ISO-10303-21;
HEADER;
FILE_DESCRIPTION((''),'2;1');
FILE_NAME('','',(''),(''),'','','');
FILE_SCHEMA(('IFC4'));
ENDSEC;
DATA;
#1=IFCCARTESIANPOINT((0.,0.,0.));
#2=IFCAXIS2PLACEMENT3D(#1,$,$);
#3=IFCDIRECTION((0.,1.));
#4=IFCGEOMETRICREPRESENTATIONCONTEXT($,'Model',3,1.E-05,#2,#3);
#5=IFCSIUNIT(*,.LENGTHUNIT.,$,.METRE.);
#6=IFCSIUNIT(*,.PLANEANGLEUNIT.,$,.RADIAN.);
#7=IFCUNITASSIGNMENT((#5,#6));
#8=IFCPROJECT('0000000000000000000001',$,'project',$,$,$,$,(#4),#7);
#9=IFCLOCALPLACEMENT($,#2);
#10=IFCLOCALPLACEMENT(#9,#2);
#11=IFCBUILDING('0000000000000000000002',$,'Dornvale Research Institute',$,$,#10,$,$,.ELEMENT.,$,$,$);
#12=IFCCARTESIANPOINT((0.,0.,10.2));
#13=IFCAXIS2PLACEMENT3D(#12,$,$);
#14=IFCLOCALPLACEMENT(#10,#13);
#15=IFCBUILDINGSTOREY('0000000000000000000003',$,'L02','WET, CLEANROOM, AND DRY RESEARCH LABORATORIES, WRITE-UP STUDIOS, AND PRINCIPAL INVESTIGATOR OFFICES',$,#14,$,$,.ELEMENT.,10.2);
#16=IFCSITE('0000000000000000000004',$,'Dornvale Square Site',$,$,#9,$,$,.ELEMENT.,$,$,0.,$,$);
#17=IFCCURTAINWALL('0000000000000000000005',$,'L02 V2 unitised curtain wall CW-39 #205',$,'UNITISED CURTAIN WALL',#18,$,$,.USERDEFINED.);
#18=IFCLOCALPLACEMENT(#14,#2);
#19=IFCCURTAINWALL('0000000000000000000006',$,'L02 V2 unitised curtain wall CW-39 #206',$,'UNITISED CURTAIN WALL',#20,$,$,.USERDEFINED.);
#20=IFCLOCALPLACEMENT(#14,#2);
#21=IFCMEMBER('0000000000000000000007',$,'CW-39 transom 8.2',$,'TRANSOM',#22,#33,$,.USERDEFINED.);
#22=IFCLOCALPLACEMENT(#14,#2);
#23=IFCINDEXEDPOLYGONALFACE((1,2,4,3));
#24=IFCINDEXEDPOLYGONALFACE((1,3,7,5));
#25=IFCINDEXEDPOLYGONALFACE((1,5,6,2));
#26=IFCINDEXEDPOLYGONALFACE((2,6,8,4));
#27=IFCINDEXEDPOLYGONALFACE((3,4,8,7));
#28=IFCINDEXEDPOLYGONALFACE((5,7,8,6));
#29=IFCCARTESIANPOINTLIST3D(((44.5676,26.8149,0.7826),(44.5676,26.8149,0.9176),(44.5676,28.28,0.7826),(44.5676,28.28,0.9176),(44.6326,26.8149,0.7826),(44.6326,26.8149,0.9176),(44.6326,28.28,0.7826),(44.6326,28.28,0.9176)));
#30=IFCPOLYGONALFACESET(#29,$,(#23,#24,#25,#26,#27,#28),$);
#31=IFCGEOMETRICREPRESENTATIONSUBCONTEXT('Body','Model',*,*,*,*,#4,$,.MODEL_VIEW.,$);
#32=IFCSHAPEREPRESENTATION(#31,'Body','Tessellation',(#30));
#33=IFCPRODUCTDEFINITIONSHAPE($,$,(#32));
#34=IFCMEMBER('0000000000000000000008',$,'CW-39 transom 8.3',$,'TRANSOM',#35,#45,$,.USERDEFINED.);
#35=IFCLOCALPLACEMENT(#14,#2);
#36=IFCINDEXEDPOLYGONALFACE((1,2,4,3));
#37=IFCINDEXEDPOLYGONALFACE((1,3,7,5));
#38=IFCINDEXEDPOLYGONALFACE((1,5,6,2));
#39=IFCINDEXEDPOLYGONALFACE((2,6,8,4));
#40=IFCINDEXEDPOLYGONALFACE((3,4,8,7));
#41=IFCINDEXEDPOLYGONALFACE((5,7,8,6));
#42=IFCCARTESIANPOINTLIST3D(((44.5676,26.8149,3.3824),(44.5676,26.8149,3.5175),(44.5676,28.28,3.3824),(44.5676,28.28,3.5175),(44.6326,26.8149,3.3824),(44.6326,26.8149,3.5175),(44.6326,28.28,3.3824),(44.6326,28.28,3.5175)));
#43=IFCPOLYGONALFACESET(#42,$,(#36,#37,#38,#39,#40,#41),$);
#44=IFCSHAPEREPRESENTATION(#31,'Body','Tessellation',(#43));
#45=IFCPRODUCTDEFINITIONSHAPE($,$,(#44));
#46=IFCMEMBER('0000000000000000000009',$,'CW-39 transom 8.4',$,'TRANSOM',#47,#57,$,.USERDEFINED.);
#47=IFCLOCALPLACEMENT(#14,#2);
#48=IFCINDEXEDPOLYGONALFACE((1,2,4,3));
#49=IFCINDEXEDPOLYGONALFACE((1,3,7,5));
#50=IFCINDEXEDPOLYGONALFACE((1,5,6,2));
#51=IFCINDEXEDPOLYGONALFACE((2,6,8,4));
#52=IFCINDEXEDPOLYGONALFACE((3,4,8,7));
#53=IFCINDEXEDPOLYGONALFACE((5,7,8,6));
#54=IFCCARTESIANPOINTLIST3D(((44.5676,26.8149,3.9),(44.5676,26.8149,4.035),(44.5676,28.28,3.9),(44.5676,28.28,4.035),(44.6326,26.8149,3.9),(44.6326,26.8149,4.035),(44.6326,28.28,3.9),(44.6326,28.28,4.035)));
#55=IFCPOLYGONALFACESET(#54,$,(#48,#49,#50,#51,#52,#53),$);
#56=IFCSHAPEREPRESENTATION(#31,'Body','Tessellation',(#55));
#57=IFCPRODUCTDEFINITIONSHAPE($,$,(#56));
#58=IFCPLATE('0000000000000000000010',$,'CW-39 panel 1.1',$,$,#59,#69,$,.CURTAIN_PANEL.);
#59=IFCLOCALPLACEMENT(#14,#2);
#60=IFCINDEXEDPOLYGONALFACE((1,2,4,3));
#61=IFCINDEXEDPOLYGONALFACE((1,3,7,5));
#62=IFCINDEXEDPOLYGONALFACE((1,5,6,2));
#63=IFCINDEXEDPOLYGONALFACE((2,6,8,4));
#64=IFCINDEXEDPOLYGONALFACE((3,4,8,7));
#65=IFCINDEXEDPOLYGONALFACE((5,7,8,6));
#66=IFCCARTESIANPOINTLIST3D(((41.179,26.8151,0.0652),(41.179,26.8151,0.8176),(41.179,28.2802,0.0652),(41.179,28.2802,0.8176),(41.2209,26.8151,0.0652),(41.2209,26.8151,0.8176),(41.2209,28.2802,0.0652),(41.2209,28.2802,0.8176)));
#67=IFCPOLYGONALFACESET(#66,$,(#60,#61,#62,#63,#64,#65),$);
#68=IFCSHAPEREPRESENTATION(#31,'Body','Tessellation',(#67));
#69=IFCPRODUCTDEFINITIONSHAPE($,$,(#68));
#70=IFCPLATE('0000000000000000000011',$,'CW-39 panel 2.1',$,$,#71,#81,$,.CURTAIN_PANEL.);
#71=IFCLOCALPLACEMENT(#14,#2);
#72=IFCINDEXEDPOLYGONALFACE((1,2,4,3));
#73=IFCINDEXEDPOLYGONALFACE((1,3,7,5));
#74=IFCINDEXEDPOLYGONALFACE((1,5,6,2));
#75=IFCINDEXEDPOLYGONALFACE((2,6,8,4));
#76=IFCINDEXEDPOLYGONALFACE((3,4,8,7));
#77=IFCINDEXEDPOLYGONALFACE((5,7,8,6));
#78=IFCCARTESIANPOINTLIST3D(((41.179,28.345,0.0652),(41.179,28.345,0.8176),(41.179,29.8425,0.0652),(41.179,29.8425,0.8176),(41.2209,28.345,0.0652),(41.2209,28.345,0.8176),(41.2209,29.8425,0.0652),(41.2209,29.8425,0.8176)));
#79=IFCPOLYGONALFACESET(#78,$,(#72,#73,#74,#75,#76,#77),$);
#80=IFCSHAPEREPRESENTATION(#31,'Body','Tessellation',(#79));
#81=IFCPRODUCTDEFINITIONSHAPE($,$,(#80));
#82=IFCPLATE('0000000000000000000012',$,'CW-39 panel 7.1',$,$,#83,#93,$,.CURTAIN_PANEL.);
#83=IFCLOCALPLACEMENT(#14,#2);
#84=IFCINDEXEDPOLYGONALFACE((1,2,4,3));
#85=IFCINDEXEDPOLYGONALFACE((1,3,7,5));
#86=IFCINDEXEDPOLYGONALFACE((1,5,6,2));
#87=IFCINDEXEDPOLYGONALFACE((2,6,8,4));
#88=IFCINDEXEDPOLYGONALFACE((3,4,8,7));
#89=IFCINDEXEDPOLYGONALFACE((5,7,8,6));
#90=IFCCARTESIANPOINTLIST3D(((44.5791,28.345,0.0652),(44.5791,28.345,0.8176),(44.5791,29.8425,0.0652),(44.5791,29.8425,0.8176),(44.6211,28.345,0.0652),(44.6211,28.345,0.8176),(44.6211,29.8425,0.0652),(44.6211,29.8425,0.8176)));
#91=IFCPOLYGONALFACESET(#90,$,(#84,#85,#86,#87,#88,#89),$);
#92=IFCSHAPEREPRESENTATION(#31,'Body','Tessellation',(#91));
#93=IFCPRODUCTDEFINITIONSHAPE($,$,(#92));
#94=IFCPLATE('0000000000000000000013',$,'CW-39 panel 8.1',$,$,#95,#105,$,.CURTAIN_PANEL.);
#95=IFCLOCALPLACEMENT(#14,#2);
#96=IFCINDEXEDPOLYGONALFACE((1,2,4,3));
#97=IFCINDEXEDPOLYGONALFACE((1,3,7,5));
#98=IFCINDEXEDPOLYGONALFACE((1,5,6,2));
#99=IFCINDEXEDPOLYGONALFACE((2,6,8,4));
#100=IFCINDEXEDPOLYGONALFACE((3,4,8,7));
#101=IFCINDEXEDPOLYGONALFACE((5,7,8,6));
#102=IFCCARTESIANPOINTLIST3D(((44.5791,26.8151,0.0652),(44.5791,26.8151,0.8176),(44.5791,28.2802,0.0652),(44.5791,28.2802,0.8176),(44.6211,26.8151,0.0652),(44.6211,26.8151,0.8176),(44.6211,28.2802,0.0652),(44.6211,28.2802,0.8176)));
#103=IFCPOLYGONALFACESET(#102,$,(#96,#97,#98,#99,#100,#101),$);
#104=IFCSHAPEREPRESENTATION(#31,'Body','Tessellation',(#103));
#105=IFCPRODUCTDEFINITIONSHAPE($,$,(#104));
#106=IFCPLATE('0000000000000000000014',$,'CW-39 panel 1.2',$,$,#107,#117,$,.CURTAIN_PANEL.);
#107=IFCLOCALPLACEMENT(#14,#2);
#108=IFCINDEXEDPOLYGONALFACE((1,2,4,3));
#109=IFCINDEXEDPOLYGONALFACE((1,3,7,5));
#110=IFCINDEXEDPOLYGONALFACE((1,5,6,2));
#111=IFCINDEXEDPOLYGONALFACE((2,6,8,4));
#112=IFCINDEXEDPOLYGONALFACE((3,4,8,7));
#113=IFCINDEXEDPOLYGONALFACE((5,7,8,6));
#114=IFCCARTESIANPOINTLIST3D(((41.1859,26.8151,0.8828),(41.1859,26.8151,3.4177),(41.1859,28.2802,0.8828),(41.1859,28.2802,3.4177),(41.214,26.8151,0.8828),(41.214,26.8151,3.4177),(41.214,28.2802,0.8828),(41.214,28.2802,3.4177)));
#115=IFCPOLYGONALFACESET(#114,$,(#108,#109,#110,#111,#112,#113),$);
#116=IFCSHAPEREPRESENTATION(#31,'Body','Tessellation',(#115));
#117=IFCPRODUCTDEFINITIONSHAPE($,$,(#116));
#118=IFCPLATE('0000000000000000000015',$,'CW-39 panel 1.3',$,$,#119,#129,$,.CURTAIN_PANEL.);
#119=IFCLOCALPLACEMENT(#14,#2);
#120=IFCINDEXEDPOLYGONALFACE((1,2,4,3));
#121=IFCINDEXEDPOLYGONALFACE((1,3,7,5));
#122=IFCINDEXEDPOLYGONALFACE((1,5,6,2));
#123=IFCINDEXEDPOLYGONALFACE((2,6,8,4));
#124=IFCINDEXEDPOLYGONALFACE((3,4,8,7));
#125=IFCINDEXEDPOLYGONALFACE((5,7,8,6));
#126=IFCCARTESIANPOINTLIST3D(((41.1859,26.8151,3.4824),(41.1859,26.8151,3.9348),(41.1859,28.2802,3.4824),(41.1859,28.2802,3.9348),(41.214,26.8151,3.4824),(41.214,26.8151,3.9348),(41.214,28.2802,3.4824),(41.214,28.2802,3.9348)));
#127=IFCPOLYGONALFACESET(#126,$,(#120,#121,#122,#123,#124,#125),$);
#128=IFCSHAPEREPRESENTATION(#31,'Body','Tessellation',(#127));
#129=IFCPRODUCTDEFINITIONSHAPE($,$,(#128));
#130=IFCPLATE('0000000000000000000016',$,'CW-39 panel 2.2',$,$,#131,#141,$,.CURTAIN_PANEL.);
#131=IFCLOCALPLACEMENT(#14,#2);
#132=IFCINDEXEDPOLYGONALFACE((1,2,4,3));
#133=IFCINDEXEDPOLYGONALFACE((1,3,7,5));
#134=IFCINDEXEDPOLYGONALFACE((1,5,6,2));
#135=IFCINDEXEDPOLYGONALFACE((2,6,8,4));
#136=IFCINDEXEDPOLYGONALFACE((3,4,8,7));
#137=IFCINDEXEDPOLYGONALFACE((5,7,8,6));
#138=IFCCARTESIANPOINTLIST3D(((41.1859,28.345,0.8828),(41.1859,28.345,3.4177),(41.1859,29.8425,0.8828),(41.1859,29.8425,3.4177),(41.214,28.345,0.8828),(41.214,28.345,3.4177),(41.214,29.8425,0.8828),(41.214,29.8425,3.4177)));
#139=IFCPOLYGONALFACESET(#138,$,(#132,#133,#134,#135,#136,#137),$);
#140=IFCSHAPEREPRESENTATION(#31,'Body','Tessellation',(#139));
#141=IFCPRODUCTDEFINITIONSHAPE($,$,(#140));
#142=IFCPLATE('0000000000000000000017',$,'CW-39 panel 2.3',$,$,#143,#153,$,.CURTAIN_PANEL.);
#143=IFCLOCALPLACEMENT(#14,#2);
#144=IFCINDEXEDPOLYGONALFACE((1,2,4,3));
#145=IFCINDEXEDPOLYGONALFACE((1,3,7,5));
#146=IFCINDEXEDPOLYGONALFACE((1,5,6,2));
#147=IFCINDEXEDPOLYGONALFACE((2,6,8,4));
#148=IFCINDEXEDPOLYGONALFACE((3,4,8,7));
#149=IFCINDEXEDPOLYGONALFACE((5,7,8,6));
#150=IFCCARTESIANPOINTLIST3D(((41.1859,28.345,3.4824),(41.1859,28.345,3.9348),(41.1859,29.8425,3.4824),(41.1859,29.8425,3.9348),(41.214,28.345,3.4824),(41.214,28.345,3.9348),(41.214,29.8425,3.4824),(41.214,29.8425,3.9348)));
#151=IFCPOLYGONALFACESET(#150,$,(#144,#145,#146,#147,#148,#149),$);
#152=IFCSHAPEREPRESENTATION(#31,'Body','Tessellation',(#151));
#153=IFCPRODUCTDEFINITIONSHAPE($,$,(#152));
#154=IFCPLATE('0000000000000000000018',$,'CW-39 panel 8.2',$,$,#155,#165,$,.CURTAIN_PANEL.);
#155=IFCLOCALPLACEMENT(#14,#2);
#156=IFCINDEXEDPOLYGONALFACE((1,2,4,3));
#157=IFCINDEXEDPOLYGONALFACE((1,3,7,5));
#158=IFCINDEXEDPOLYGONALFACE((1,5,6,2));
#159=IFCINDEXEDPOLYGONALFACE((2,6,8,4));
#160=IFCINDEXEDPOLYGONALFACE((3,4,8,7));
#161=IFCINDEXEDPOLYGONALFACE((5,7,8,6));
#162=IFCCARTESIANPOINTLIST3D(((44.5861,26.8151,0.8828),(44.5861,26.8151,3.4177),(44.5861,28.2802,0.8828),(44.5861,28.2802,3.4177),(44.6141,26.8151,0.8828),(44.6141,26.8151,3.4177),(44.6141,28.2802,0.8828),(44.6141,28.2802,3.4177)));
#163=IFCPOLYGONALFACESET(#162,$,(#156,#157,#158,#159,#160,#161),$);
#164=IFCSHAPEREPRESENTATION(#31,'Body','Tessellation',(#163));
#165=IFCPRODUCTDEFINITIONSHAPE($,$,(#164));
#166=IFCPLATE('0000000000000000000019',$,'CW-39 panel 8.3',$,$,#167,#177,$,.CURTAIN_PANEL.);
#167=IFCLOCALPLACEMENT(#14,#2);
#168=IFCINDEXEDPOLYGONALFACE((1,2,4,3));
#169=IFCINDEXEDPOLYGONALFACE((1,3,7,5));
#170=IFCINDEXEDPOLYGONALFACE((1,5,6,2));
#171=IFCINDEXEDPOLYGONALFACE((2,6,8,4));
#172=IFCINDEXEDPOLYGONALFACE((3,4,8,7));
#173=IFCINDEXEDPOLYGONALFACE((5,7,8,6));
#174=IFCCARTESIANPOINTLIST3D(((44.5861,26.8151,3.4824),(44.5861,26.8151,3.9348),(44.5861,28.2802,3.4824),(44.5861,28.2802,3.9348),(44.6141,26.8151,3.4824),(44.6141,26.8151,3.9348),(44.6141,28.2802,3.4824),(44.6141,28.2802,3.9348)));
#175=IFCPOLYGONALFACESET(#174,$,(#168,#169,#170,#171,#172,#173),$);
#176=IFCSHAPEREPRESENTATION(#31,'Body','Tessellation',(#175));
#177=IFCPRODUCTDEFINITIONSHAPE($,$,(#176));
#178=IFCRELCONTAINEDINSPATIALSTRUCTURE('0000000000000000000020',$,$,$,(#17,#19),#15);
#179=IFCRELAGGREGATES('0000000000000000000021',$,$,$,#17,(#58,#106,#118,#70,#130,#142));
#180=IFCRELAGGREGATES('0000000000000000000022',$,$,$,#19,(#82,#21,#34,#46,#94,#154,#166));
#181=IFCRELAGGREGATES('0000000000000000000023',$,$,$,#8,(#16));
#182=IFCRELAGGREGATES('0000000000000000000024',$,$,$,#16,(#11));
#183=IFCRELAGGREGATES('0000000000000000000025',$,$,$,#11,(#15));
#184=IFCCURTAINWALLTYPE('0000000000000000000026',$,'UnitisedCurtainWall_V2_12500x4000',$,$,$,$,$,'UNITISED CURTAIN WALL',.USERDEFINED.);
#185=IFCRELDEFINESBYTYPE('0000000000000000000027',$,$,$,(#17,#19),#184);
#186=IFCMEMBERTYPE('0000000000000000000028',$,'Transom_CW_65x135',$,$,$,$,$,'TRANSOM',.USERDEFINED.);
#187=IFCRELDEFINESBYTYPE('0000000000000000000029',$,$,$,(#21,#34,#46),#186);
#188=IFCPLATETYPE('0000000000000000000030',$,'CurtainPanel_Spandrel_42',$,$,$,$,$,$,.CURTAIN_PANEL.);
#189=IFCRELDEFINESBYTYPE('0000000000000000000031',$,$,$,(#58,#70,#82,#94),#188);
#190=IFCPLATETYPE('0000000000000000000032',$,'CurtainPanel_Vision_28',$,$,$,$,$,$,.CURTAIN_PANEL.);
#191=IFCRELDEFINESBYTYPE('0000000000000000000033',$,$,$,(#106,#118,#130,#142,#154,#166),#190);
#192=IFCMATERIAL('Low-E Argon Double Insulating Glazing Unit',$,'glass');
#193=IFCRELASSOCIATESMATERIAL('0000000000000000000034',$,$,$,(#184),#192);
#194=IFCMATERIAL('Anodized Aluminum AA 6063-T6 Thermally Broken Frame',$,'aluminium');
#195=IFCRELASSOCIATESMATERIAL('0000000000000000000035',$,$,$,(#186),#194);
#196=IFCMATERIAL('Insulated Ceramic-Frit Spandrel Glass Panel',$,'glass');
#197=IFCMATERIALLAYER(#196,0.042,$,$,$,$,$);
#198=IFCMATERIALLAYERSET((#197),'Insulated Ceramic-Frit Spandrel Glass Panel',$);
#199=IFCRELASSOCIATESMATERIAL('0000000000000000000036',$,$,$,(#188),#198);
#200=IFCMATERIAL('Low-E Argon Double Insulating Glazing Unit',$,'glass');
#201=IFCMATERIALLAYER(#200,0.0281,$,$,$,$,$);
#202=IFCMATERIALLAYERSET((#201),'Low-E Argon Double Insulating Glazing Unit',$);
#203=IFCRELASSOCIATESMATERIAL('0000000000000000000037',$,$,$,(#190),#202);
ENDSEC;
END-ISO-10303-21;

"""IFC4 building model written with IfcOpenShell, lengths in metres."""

from ifc_helpers import new_model, si_unit, direction, frame, origin, origin_2d, place, context, subcontext, project, spatial, rectangle, extrude, material, layer, layer_set, material_profile, profile_set, type_object, element, aggregate, save


model = new_model("IFC4")

# Units and contexts
model_context = context("Model", 3, precision=1e-05, world=origin(), true_north=direction((0.0, 1.0)))
body_context = subcontext(model_context, "Body", "Model", "MODEL_VIEW")
ifc_project = project(units=[si_unit("LENGTHUNIT", "METRE"), si_unit("PLANEANGLEUNIT", "RADIAN")], contexts=[model_context])

# Site, building, storey
site_placement = place(None, origin())
site = spatial("IfcSite", under=ifc_project, at=site_placement, Name="Dornvale Square Site", CompositionType="ELEMENT", RefElevation=0.0)
building_placement = place(site_placement, origin())
building = spatial("IfcBuilding", under=site, at=building_placement, Name="Dornvale Research Institute", CompositionType="ELEMENT")
storey_placement = place(building_placement, frame((0.0, 0.0, 10.2)))
storey = spatial("IfcBuildingStorey", under=building, at=storey_placement, Name="L02", Description="WET, CLEANROOM, AND DRY RESEARCH LABORATORIES, WRITE-UP STUDIOS, AND PRINCIPAL INVESTIGATOR OFFICES", CompositionType="ELEMENT", Elevation=10.2)

# Curtain walls
ifc_material_1 = material(Name="Low-E Argon Double Insulating Glazing Unit", Category="glass")
curtain_wall_type = type_object("IfcCurtainWallType", Name="UnitisedCurtainWall_V2_12500x4000", ElementType="UNITISED CURTAIN WALL", PredefinedType="USERDEFINED", material=ifc_material_1)
curtain_wall_1_placement = place(storey_placement, origin())
curtain_wall_1 = element("IfcCurtainWall", 1, at=curtain_wall_1_placement, inside=storey, type_object=curtain_wall_type, Name="L02 V2 unitised curtain wall CW-39 #205", ObjectType="UNITISED CURTAIN WALL", PredefinedType="USERDEFINED")
curtain_wall_2_placement = place(storey_placement, origin())
curtain_wall_2 = element("IfcCurtainWall", 2, at=curtain_wall_2_placement, inside=storey, type_object=curtain_wall_type, Name="L02 V2 unitised curtain wall CW-39 #206", ObjectType="UNITISED CURTAIN WALL", PredefinedType="USERDEFINED")

# Members
ifc_material_2 = material(Name="Anodized Aluminum AA 6063-T6 Thermally Broken Frame", Category="aluminium")
ifc_material_profile_1 = material_profile(ifc_material_2, rectangle(XDim=0.0649, YDim=0.135, at=origin_2d()), Name="ALU TRANSOM 65x135")
ifc_profile_set_1 = profile_set([ifc_material_profile_1], Name="Anodized Aluminum AA 6063-T6 Thermally Broken Frame")
member_type_1 = type_object("IfcMemberType", Name="Transom_CW_65x135", ElementType="TRANSOM", PredefinedType="USERDEFINED", material=ifc_profile_set_1)
member_1_placement = place(storey_placement, frame((44.6001, 28.28, 0.8501), z_axis=(0.0, -1.0, 0.0), x_axis=(1.0, 0.0, 0.0)))
member_1 = element("IfcMember", 3, at=member_1_placement, type_object=member_type_1, Name="CW-39 transom 8.2", ObjectType="TRANSOM", PredefinedType="USERDEFINED", context=body_context, shape_type="SweptSolid", body=[
    extrude(rectangle(XDim=0.0649, YDim=0.135, at=origin_2d()), origin(), (0.0, 0.0, 1.0), 1.4651),
])
member_2_placement = place(storey_placement, frame((44.6001, 28.28, 3.45), z_axis=(0.0, -1.0, 0.0), x_axis=(1.0, 0.0, 0.0)))
member_2 = element("IfcMember", 4, at=member_2_placement, type_object=member_type_1, Name="CW-39 transom 8.3", ObjectType="TRANSOM", PredefinedType="USERDEFINED", context=body_context, shape_type="SweptSolid", body=[
    extrude(rectangle(XDim=0.0649, YDim=0.135, at=origin_2d()), origin(), (0.0, 0.0, 1.0), 1.4651),
])
member_3_placement = place(storey_placement, frame((44.6001, 28.28, 3.9675), z_axis=(0.0, -1.0, 0.0), x_axis=(1.0, 0.0, 0.0)))
member_3 = element("IfcMember", 5, at=member_3_placement, type_object=member_type_1, Name="CW-39 transom 8.4", ObjectType="TRANSOM", PredefinedType="USERDEFINED", context=body_context, shape_type="SweptSolid", body=[
    extrude(rectangle(XDim=0.0649, YDim=0.135, at=origin_2d()), origin(), (0.0, 0.0, 1.0), 1.4651),
])

# Plates
ifc_material_3 = material(Name="Insulated Ceramic-Frit Spandrel Glass Panel", Category="glass")
ifc_layer_1 = layer(ifc_material_3, 0.042)
ifc_layer_set_1 = layer_set([ifc_layer_1], Name="Insulated Ceramic-Frit Spandrel Glass Panel")
plate_type_1 = type_object("IfcPlateType", Name="CurtainPanel_Spandrel_42", PredefinedType="CURTAIN_PANEL", material=ifc_layer_set_1)
plate_1_placement = place(storey_placement, frame((41.2, 27.5476, 0.0652), z_axis=(0.0, 0.0, 1.0), x_axis=(0.0, 1.0, 0.0)))
plate_1 = element("IfcPlate", 6, at=plate_1_placement, type_object=plate_type_1, Name="CW-39 panel 1.1", PredefinedType="CURTAIN_PANEL", context=body_context, shape_type="SweptSolid", body=[
    extrude(rectangle(XDim=1.4651, YDim=0.042, at=origin_2d()), origin(), (0.0, 0.0, 1.0), 0.7524),
])
plate_2_placement = place(storey_placement, frame((41.2, 29.0938, 0.0652), z_axis=(0.0, 0.0, 1.0), x_axis=(0.0, 1.0, 0.0)))
plate_2 = element("IfcPlate", 7, at=plate_2_placement, type_object=plate_type_1, Name="CW-39 panel 2.1", PredefinedType="CURTAIN_PANEL", context=body_context, shape_type="SweptSolid", body=[
    extrude(rectangle(XDim=1.4976, YDim=0.042, at=origin_2d()), origin(), (0.0, 0.0, 1.0), 0.7524),
])
plate_3_placement = place(storey_placement, frame((44.6001, 29.0938, 0.0652), z_axis=(0.0, 0.0, 1.0), x_axis=(0.0, -1.0, 0.0)))
plate_3 = element("IfcPlate", 8, at=plate_3_placement, type_object=plate_type_1, Name="CW-39 panel 7.1", PredefinedType="CURTAIN_PANEL", context=body_context, shape_type="SweptSolid", body=[
    extrude(rectangle(XDim=1.4976, YDim=0.042, at=origin_2d()), origin(), (0.0, 0.0, 1.0), 0.7524),
])
plate_4_placement = place(storey_placement, frame((44.6001, 27.5476, 0.0652), z_axis=(0.0, 0.0, 1.0), x_axis=(0.0, -1.0, 0.0)))
plate_4 = element("IfcPlate", 9, at=plate_4_placement, type_object=plate_type_1, Name="CW-39 panel 8.1", PredefinedType="CURTAIN_PANEL", context=body_context, shape_type="SweptSolid", body=[
    extrude(rectangle(XDim=1.4651, YDim=0.042, at=origin_2d()), origin(), (0.0, 0.0, 1.0), 0.7524),
])
ifc_material_4 = material(Name="Low-E Argon Double Insulating Glazing Unit", Category="glass")
ifc_layer_2 = layer(ifc_material_4, 0.0281)
ifc_layer_set_2 = layer_set([ifc_layer_2], Name="Low-E Argon Double Insulating Glazing Unit")
plate_type_2 = type_object("IfcPlateType", Name="CurtainPanel_Vision_28", PredefinedType="CURTAIN_PANEL", material=ifc_layer_set_2)
plate_5_placement = place(storey_placement, frame((41.2, 27.5476, 0.8828), z_axis=(0.0, 0.0, 1.0), x_axis=(0.0, 1.0, 0.0)))
plate_5 = element("IfcPlate", 10, at=plate_5_placement, type_object=plate_type_2, Name="CW-39 panel 1.2", PredefinedType="CURTAIN_PANEL", context=body_context, shape_type="SweptSolid", body=[
    extrude(rectangle(XDim=1.4651, YDim=0.0281, at=origin_2d()), origin(), (0.0, 0.0, 1.0), 2.5349),
])
plate_6_placement = place(storey_placement, frame((41.2, 27.5476, 3.4824), z_axis=(0.0, 0.0, 1.0), x_axis=(0.0, 1.0, 0.0)))
plate_6 = element("IfcPlate", 11, at=plate_6_placement, type_object=plate_type_2, Name="CW-39 panel 1.3", PredefinedType="CURTAIN_PANEL", context=body_context, shape_type="SweptSolid", body=[
    extrude(rectangle(XDim=1.4651, YDim=0.0281, at=origin_2d()), origin(), (0.0, 0.0, 1.0), 0.4524),
])
plate_7_placement = place(storey_placement, frame((41.2, 29.0938, 0.8828), z_axis=(0.0, 0.0, 1.0), x_axis=(0.0, 1.0, 0.0)))
plate_7 = element("IfcPlate", 12, at=plate_7_placement, type_object=plate_type_2, Name="CW-39 panel 2.2", PredefinedType="CURTAIN_PANEL", context=body_context, shape_type="SweptSolid", body=[
    extrude(rectangle(XDim=1.4976, YDim=0.0281, at=origin_2d()), origin(), (0.0, 0.0, 1.0), 2.5349),
])
plate_8_placement = place(storey_placement, frame((41.2, 29.0938, 3.4824), z_axis=(0.0, 0.0, 1.0), x_axis=(0.0, 1.0, 0.0)))
plate_8 = element("IfcPlate", 13, at=plate_8_placement, type_object=plate_type_2, Name="CW-39 panel 2.3", PredefinedType="CURTAIN_PANEL", context=body_context, shape_type="SweptSolid", body=[
    extrude(rectangle(XDim=1.4976, YDim=0.0281, at=origin_2d()), origin(), (0.0, 0.0, 1.0), 0.4524),
])
aggregate(curtain_wall_1, [plate_1, plate_5, plate_6, plate_2, plate_7, plate_8])
plate_9_placement = place(storey_placement, frame((44.6001, 27.5476, 0.8828), z_axis=(0.0, 0.0, 1.0), x_axis=(0.0, -1.0, 0.0)))
plate_9 = element("IfcPlate", 14, at=plate_9_placement, type_object=plate_type_2, Name="CW-39 panel 8.2", PredefinedType="CURTAIN_PANEL", context=body_context, shape_type="SweptSolid", body=[
    extrude(rectangle(XDim=1.4651, YDim=0.0281, at=origin_2d()), origin(), (0.0, 0.0, 1.0), 2.5349),
])
plate_10_placement = place(storey_placement, frame((44.6001, 27.5476, 3.4824), z_axis=(0.0, 0.0, 1.0), x_axis=(0.0, -1.0, 0.0)))
plate_10 = element("IfcPlate", 15, at=plate_10_placement, type_object=plate_type_2, Name="CW-39 panel 8.3", PredefinedType="CURTAIN_PANEL", context=body_context, shape_type="SweptSolid", body=[
    extrude(rectangle(XDim=1.4651, YDim=0.0281, at=origin_2d()), origin(), (0.0, 0.0, 1.0), 0.4524),
])
aggregate(curtain_wall_2, [plate_3, member_1, member_2, member_3, plate_4, plate_9, plate_10])

save(model, "model.ifc")
